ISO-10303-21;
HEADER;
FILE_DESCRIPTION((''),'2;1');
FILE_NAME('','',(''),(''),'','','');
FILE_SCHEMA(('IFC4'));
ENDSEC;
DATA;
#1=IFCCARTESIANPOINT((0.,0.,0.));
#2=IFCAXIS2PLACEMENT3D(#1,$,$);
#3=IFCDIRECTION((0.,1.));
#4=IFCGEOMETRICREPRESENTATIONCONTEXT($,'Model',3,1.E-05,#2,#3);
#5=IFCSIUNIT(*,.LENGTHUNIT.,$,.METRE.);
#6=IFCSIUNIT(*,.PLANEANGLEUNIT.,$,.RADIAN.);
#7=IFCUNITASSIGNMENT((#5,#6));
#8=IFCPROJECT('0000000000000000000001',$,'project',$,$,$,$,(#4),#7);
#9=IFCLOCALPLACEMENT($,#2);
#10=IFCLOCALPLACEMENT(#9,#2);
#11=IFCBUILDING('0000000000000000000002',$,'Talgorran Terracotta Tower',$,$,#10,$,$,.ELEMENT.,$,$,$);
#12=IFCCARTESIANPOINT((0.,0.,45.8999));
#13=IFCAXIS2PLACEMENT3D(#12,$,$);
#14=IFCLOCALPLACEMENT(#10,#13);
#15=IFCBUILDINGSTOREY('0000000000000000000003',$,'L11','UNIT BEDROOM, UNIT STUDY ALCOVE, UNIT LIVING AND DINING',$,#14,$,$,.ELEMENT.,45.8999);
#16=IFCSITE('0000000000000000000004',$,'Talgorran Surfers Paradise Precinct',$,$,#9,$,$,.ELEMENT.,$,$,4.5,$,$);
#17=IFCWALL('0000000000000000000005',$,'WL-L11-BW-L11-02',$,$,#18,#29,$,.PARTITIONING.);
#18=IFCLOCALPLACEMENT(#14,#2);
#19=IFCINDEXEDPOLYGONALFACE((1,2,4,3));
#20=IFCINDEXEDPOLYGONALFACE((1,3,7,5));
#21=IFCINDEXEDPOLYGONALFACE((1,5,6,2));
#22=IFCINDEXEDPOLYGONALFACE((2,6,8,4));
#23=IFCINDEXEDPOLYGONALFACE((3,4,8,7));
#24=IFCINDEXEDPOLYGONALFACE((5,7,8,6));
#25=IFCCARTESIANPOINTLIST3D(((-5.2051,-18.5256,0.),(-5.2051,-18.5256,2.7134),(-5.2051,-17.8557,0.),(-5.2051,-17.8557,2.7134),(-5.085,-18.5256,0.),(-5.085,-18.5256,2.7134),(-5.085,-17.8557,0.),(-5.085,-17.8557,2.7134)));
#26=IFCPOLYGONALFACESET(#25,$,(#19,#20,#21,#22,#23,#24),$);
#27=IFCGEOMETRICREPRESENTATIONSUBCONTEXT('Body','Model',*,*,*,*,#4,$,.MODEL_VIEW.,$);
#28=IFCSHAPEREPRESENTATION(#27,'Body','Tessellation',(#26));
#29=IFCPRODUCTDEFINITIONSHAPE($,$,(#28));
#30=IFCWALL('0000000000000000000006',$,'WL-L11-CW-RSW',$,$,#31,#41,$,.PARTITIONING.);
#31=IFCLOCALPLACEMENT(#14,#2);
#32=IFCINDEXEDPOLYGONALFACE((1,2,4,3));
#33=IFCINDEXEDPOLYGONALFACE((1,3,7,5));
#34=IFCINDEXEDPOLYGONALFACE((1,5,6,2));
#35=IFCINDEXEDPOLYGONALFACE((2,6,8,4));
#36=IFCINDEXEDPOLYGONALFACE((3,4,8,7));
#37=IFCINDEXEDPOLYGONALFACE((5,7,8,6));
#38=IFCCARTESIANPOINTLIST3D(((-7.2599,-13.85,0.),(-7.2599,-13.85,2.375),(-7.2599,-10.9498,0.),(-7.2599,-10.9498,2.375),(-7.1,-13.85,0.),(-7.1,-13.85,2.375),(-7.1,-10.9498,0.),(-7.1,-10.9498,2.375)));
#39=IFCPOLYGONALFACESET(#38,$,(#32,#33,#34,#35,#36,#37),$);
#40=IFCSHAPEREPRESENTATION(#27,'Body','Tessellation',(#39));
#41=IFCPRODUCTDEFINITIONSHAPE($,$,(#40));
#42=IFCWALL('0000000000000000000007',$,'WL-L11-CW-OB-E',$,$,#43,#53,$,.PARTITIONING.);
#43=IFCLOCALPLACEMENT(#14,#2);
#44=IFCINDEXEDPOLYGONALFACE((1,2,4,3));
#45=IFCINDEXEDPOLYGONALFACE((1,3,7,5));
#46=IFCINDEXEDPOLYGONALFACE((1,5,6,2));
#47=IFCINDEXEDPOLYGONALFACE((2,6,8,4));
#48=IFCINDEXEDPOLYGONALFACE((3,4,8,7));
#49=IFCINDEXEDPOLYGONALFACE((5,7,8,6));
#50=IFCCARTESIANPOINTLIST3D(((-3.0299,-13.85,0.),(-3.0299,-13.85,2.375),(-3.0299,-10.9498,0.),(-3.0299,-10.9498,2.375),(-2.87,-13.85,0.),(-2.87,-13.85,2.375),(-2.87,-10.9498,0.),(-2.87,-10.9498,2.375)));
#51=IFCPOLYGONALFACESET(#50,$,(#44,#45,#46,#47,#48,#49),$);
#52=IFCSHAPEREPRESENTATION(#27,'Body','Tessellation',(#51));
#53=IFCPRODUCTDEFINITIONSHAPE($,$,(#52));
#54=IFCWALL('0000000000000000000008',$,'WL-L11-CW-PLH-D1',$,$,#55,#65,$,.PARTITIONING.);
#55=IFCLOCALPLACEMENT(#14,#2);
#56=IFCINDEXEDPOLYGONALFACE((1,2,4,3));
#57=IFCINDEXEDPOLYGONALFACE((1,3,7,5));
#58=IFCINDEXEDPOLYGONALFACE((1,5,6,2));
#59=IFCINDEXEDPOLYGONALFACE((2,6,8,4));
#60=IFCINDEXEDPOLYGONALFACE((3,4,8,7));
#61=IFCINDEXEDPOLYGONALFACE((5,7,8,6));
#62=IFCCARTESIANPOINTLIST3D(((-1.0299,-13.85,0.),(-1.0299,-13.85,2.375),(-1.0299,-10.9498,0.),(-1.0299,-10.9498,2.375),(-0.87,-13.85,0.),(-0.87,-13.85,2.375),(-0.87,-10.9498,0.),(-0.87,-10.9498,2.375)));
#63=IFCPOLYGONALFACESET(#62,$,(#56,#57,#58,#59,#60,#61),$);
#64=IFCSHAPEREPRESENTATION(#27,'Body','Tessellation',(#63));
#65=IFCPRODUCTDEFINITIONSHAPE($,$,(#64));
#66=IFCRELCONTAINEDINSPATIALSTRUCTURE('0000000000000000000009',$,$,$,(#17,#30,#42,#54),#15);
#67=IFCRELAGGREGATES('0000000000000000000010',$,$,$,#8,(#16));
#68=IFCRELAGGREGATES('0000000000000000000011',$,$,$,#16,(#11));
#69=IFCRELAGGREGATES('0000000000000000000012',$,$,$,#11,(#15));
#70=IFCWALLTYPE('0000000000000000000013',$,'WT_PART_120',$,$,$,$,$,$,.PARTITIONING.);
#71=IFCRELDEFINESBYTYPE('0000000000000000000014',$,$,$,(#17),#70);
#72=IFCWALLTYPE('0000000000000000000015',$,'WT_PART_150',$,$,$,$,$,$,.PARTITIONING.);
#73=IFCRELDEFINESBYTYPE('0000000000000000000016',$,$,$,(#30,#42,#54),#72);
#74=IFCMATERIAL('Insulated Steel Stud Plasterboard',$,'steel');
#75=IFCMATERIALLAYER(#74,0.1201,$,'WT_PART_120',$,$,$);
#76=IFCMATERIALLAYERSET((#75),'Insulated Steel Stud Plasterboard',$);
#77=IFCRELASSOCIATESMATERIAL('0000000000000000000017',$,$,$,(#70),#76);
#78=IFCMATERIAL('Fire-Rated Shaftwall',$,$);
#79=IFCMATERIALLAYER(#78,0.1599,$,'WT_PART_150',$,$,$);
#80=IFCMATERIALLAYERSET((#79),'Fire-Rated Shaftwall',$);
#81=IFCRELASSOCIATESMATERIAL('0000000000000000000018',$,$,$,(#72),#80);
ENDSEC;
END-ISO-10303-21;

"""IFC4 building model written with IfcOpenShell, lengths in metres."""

from ifc_helpers import new_model, si_unit, direction, frame, frame_2d, origin, place, context, subcontext, project, spatial, rectangle, extrude, material, layer, layer_set, type_object, element, save


model = new_model("IFC4")

# Units and contexts
model_context = context("Model", 3, precision=1e-05, world=origin(), true_north=direction((0.0, 1.0)))
body_context = subcontext(model_context, "Body", "Model", "MODEL_VIEW")
ifc_project = project(units=[si_unit("LENGTHUNIT", "METRE"), si_unit("PLANEANGLEUNIT", "RADIAN")], contexts=[model_context])

# Site, building, storey
site_placement = place(None, origin())
site = spatial("IfcSite", under=ifc_project, at=site_placement, Name="Talgorran Surfers Paradise Precinct", CompositionType="ELEMENT", RefElevation=4.5)
building_placement = place(site_placement, origin())
building = spatial("IfcBuilding", under=site, at=building_placement, Name="Talgorran Terracotta Tower", CompositionType="ELEMENT")
storey_placement = place(building_placement, frame((0.0, 0.0, 45.8999)))
storey = spatial("IfcBuildingStorey", under=building, at=storey_placement, Name="L11", Description="UNIT BEDROOM, UNIT STUDY ALCOVE, UNIT LIVING AND DINING", CompositionType="ELEMENT", Elevation=45.8999)

# Walls
ifc_material_1 = material(Name="Insulated Steel Stud Plasterboard", Category="steel")
ifc_layer_1 = layer(ifc_material_1, 0.1201, Name="WT_PART_120")
ifc_layer_set_1 = layer_set([ifc_layer_1], Name="Insulated Steel Stud Plasterboard")
wall_type_1 = type_object("IfcWallType", Name="WT_PART_120", PredefinedType="PARTITIONING", material=ifc_layer_set_1)
wall_1_placement = place(storey_placement, frame((-5.145, -17.8557, 0.0), z_axis=(0.0, 0.0, 1.0), x_axis=(0.0, -1.0, 0.0)))
element("IfcWall", 1, at=wall_1_placement, inside=storey, type_object=wall_type_1, Name="WL-L11-BW-L11-02", PredefinedType="PARTITIONING", context=body_context, shape_type="SweptSolid", body=[
    extrude(rectangle(XDim=0.6699, YDim=0.1201, at=frame_2d((0.335, 0.0))), origin(), (0.0, 0.0, 1.0), 2.7134),
])
ifc_material_2 = material(Name="Fire-Rated Shaftwall")
ifc_layer_2 = layer(ifc_material_2, 0.1599, Name="WT_PART_150")
ifc_layer_set_2 = layer_set([ifc_layer_2], Name="Fire-Rated Shaftwall")
wall_type_2 = type_object("IfcWallType", Name="WT_PART_150", PredefinedType="PARTITIONING", material=ifc_layer_set_2)
for number, where, z_axis, x_axis, name in (
    (2, (-7.1799, -13.8501, 0.0), (0.0, 0.0, 1.0), (0.0, 1.0, 0.0), "WL-L11-CW-RSW"),
    (3, (-2.95, -13.8501, 0.0), (0.0, 0.0, 1.0), (0.0, 1.0, 0.0), "WL-L11-CW-OB-E"),
    (4, (-0.95, -13.8501, 0.0), (0.0, 0.0, 1.0), (0.0, 1.0, 0.0), "WL-L11-CW-PLH-D1"),
):
    element("IfcWall", number, at=place(storey_placement, frame(where, z_axis=z_axis, x_axis=x_axis)), inside=storey, type_object=wall_type_2, Name=name, PredefinedType="PARTITIONING", context=body_context, shape_type="SweptSolid", body=[
        extrude(rectangle(XDim=2.9001, YDim=0.1599, at=frame_2d((1.4502, 0.0))), origin(), (0.0, 0.0, 1.0), 2.375),
    ])

save(model, "model.ifc")
